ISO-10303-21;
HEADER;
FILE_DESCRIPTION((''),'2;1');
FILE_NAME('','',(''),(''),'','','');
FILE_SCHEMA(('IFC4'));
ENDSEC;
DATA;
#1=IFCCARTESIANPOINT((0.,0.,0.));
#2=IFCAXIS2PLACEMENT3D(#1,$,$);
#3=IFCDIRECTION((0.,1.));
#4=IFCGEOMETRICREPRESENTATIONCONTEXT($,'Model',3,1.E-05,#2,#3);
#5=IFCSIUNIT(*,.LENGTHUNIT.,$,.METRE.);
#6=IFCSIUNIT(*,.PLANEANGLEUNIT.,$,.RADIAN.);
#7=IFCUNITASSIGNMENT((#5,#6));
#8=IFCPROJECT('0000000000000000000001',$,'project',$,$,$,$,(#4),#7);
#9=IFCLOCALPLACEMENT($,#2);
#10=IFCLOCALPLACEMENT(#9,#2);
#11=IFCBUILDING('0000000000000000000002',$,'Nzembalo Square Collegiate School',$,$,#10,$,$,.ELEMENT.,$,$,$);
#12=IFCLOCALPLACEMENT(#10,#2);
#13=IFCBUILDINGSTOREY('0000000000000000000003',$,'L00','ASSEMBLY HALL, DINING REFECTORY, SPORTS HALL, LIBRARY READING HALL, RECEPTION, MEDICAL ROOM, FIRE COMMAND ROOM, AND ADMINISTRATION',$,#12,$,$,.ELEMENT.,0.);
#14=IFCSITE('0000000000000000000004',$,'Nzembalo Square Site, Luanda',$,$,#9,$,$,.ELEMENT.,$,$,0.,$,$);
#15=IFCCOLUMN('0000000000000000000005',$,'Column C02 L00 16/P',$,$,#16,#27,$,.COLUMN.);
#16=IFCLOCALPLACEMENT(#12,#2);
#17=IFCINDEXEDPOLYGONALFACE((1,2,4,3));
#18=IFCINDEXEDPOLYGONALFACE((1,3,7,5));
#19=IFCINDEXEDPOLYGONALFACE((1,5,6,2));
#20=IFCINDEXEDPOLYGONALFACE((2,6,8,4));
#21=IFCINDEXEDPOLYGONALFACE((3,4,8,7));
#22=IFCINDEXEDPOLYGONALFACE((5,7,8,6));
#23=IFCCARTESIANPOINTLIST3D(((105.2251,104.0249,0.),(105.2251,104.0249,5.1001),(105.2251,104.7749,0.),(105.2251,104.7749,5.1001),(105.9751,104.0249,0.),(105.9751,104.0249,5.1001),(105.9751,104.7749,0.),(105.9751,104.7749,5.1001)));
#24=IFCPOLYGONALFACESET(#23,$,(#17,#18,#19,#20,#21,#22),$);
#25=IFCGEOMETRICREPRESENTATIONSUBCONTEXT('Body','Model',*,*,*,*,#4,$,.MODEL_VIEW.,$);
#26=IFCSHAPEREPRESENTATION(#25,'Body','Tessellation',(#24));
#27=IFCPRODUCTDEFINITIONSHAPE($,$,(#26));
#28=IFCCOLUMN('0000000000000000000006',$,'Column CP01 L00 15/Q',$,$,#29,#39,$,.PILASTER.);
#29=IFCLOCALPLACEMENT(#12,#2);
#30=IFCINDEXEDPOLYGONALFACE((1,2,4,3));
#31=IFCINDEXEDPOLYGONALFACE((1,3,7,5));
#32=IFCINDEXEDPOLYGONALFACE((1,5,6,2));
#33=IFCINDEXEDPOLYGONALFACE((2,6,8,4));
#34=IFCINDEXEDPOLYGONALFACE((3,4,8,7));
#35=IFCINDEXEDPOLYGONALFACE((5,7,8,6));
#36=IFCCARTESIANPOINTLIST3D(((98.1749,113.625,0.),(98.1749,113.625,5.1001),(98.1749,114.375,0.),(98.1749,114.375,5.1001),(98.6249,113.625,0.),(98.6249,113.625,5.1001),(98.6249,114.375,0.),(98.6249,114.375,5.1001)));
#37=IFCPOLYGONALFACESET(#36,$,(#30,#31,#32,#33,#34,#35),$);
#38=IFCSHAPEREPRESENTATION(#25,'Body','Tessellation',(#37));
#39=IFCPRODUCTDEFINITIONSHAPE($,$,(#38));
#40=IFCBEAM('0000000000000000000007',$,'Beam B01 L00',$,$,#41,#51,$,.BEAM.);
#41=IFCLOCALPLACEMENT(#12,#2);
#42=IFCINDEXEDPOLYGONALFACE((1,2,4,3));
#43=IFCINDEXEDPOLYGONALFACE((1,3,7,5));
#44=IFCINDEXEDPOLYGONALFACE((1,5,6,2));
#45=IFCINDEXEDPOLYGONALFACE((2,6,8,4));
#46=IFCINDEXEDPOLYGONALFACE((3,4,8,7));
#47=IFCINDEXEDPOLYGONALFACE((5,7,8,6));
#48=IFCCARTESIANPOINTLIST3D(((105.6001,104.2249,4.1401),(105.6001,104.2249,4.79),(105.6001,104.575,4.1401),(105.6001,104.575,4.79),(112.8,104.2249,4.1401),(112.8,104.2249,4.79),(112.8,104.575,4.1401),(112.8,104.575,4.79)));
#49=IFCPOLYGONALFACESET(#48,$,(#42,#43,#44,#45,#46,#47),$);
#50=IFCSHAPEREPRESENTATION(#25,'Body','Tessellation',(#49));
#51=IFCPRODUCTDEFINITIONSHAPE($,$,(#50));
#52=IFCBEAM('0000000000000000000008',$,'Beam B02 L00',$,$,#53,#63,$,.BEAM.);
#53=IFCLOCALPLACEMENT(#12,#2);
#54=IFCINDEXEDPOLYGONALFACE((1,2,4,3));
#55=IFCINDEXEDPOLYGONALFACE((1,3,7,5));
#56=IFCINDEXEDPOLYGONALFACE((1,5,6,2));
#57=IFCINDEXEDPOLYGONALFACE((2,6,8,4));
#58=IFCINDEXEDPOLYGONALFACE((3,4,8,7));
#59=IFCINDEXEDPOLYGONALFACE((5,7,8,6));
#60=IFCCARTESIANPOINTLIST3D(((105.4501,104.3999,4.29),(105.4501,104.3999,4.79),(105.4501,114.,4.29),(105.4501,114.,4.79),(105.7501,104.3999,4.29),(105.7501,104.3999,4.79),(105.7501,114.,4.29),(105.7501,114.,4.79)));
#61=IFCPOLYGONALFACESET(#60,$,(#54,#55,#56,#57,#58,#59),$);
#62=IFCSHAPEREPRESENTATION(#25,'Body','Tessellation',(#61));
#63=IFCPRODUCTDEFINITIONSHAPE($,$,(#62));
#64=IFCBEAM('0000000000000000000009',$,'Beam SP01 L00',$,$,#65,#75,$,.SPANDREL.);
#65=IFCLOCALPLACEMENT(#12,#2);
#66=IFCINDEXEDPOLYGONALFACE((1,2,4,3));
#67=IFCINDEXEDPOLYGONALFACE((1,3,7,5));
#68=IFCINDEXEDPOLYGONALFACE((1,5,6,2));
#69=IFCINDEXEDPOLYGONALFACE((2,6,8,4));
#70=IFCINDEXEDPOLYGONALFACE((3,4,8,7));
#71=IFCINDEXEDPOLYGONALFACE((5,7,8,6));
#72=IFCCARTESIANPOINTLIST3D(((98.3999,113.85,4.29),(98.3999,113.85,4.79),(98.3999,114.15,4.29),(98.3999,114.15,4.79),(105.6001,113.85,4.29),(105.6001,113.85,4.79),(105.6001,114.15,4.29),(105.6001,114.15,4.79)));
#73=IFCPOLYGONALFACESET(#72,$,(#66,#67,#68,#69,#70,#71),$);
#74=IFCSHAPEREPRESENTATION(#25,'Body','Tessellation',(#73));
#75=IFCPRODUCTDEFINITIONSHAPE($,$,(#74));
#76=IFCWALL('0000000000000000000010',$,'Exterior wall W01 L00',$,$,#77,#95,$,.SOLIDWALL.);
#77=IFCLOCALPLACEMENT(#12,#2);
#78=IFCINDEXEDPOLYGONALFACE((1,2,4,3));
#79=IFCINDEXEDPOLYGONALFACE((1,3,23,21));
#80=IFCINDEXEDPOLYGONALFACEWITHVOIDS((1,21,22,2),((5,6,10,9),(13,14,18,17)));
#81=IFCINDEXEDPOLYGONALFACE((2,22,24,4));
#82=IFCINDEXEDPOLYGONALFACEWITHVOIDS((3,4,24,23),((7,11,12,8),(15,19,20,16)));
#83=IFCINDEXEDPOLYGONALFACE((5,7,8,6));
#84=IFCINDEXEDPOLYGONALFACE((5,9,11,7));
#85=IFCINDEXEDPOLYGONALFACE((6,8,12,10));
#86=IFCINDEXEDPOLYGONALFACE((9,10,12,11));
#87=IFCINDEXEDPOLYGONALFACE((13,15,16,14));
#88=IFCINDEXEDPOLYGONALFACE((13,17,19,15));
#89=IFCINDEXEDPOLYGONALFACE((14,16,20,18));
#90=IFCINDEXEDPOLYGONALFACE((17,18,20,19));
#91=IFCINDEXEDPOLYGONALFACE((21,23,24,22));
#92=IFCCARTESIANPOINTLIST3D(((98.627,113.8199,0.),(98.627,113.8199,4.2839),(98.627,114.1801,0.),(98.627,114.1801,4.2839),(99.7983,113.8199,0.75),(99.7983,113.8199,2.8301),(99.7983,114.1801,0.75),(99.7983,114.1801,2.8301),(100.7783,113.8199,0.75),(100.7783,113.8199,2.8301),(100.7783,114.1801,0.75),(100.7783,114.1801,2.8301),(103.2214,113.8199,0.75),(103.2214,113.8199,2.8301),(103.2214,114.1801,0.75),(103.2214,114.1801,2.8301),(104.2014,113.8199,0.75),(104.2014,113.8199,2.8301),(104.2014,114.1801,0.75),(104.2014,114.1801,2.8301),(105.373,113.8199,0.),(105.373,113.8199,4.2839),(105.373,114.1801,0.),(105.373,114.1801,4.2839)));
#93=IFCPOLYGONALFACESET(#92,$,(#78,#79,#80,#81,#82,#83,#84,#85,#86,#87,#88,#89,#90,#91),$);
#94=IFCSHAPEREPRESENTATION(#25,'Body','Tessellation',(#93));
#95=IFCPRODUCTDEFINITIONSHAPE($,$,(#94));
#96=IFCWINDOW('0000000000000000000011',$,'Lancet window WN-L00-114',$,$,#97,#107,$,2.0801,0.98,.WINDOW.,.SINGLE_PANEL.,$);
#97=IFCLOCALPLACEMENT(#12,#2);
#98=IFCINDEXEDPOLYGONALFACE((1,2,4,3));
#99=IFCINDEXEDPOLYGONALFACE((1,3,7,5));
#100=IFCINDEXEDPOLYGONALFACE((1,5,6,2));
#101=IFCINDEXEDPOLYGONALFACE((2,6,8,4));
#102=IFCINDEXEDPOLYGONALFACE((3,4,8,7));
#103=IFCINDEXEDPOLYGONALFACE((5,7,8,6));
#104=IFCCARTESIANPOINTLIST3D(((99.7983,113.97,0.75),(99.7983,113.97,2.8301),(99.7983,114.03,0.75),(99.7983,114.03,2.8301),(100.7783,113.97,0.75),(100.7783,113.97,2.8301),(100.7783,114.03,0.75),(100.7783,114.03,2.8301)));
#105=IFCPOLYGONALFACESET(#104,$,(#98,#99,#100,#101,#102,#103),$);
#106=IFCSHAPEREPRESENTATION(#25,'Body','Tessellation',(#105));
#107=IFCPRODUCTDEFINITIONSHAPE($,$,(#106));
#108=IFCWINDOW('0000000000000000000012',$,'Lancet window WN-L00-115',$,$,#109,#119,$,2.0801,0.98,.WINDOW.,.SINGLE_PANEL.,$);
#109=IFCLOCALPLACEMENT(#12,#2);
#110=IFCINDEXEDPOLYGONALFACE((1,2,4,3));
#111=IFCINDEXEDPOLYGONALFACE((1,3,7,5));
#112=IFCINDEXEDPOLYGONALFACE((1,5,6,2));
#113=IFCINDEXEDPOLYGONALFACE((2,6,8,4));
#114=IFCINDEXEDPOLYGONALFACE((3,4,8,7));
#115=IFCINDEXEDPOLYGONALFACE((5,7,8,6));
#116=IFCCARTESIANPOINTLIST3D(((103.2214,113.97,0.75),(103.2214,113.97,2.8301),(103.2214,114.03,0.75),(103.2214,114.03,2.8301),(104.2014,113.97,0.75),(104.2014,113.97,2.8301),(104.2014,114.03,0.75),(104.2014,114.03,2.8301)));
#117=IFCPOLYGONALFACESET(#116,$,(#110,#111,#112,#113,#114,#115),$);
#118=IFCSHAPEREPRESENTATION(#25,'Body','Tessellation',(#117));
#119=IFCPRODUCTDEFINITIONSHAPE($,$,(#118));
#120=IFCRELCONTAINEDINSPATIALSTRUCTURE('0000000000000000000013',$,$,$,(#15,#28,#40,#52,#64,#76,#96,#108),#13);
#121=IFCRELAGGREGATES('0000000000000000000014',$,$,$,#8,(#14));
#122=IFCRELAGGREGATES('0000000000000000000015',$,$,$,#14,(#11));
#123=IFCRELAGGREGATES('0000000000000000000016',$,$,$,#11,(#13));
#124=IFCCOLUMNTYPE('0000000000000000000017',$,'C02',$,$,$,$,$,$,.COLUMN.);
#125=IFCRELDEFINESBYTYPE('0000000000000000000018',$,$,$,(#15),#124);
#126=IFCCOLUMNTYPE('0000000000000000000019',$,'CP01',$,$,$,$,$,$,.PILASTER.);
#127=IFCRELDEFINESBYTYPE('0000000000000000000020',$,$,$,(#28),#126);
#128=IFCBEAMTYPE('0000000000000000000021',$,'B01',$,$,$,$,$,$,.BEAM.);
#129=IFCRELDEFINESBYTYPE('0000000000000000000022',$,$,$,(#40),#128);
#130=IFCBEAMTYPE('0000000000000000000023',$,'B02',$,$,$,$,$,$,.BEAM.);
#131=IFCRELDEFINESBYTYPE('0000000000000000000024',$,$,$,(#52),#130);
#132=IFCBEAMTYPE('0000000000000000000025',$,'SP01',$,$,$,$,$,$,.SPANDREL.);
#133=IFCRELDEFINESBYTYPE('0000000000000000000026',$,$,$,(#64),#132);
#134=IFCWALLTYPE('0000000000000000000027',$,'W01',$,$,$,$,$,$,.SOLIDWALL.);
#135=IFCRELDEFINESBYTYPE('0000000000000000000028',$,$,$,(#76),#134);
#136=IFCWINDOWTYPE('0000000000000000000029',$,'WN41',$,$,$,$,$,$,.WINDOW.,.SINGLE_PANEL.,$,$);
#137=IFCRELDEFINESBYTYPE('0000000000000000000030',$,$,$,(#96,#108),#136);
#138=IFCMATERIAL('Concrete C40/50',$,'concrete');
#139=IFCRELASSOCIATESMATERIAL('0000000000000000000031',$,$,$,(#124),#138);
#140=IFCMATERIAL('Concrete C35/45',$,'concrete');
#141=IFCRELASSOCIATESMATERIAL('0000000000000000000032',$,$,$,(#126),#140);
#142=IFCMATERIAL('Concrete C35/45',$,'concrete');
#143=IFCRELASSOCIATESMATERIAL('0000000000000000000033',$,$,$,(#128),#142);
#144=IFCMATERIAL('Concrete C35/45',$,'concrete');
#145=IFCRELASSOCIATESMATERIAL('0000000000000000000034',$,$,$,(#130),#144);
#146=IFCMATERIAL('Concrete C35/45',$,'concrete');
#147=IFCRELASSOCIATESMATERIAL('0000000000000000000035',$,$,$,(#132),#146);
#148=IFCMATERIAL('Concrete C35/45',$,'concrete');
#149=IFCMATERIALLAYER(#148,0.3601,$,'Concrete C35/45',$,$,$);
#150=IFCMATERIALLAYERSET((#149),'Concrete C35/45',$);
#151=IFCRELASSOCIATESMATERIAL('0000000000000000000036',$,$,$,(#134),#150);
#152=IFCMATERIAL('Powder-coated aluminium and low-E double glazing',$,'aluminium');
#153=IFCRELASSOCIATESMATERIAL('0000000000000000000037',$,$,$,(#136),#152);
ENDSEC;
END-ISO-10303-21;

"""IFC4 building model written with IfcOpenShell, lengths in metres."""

from ifc_helpers import new_model, si_unit, direction, frame, frame_2d, origin, origin_2d, place, context, subcontext, project, spatial, rectangle, extrude, material, layer, layer_set, material_profile, profile_set, type_object, element, fill, save


model = new_model("IFC4")

# Units and contexts
model_context = context("Model", 3, precision=1e-05, world=origin(), true_north=direction((0.0, 1.0)))
body_context = subcontext(model_context, "Body", "Model", "MODEL_VIEW")
ifc_project = project(units=[si_unit("LENGTHUNIT", "METRE"), si_unit("PLANEANGLEUNIT", "RADIAN")], contexts=[model_context])

# Site, building, storey
site_placement = place(None, origin())
site = spatial("IfcSite", under=ifc_project, at=site_placement, Name="Nzembalo Square Site, Luanda", CompositionType="ELEMENT", RefElevation=0.0)
building_placement = place(site_placement, origin())
building = spatial("IfcBuilding", under=site, at=building_placement, Name="Nzembalo Square Collegiate School", CompositionType="ELEMENT")
storey_placement = place(building_placement, origin())
storey = spatial("IfcBuildingStorey", under=building, at=storey_placement, Name="L00", Description="ASSEMBLY HALL, DINING REFECTORY, SPORTS HALL, LIBRARY READING HALL, RECEPTION, MEDICAL ROOM, FIRE COMMAND ROOM, AND ADMINISTRATION", CompositionType="ELEMENT", Elevation=0.0)

# Columns
ifc_material_1 = material(Name="Concrete C40/50", Category="concrete")
ifc_material_profile_1 = material_profile(ifc_material_1, rectangle(XDim=0.75, YDim=0.75, at=origin_2d()), Name="RC 750x750")
ifc_profile_set_1 = profile_set([ifc_material_profile_1], Name="Concrete C40/50")
column_type_1 = type_object("IfcColumnType", Name="C02", PredefinedType="COLUMN", material=ifc_profile_set_1)
column_1_placement = place(storey_placement, frame((105.6001, 104.3999, 0.0), z_axis=(0.0, 0.0, 1.0), x_axis=(1.0, 0.0, 0.0)))
element("IfcColumn", 1, at=column_1_placement, inside=storey, type_object=column_type_1, Name="Column C02 L00 16/P", PredefinedType="COLUMN", context=body_context, shape_type="SweptSolid", body=[
    extrude(rectangle(XDim=0.75, YDim=0.75, at=origin_2d()), origin(), (0.0, 0.0, 1.0), 5.1001),
])
ifc_material_2 = material(Name="Concrete C35/45", Category="concrete")
ifc_material_profile_2 = material_profile(ifc_material_2, rectangle(XDim=0.45, YDim=0.75, at=origin_2d()), Name="RC 450x750")
ifc_profile_set_2 = profile_set([ifc_material_profile_2], Name="Concrete C35/45")
column_type_2 = type_object("IfcColumnType", Name="CP01", PredefinedType="PILASTER", material=ifc_profile_set_2)
column_2_placement = place(storey_placement, frame((98.3999, 114.0, 0.0), z_axis=(0.0, 0.0, 1.0), x_axis=(1.0, 0.0, 0.0)))
element("IfcColumn", 2, at=column_2_placement, inside=storey, type_object=column_type_2, Name="Column CP01 L00 15/Q", PredefinedType="PILASTER", context=body_context, shape_type="SweptSolid", body=[
    extrude(rectangle(XDim=0.45, YDim=0.75, at=origin_2d()), origin(), (0.0, 0.0, 1.0), 5.1001),
])

# Beams
ifc_material_3 = material(Name="Concrete C35/45", Category="concrete")
ifc_material_profile_3 = material_profile(ifc_material_3, rectangle(XDim=0.3501, YDim=0.6499, at=origin_2d()), Name="RC 350x650")
ifc_profile_set_3 = profile_set([ifc_material_profile_3], Name="Concrete C35/45")
beam_type_1 = type_object("IfcBeamType", Name="B01", PredefinedType="BEAM", material=ifc_profile_set_3)
beam_1_placement = place(storey_placement, frame((105.6001, 104.3999, 4.4651), z_axis=(1.0, 0.0, 0.0), x_axis=(0.0, 1.0, 0.0)))
element("IfcBeam", 3, at=beam_1_placement, inside=storey, type_object=beam_type_1, Name="Beam B01 L00", PredefinedType="BEAM", context=body_context, shape_type="SweptSolid", body=[
    extrude(rectangle(XDim=0.3501, YDim=0.6499, at=origin_2d()), origin(), (0.0, 0.0, 1.0), 7.2),
])
ifc_material_4 = material(Name="Concrete C35/45", Category="concrete")
ifc_material_profile_4 = material_profile(ifc_material_4, rectangle(XDim=0.3, YDim=0.5, at=origin_2d()), Name="RC 300x500")
ifc_profile_set_4 = profile_set([ifc_material_profile_4], Name="Concrete C35/45")
beam_type_2 = type_object("IfcBeamType", Name="B02", PredefinedType="BEAM", material=ifc_profile_set_4)
beam_2_placement = place(storey_placement, frame((105.6001, 104.3999, 4.54), z_axis=(0.0, 1.0, 0.0), x_axis=(-1.0, 0.0, 0.0)))
element("IfcBeam", 4, at=beam_2_placement, inside=storey, type_object=beam_type_2, Name="Beam B02 L00", PredefinedType="BEAM", context=body_context, shape_type="SweptSolid", body=[
    extrude(rectangle(XDim=0.3, YDim=0.5, at=origin_2d()), origin(), (0.0, 0.0, 1.0), 9.6001),
])
ifc_material_5 = material(Name="Concrete C35/45", Category="concrete")
ifc_material_profile_5 = material_profile(ifc_material_5, rectangle(XDim=0.3, YDim=0.5, at=origin_2d()), Name="RC 300x500")
ifc_profile_set_5 = profile_set([ifc_material_profile_5], Name="Concrete C35/45")
beam_type_3 = type_object("IfcBeamType", Name="SP01", PredefinedType="SPANDREL", material=ifc_profile_set_5)
beam_3_placement = place(storey_placement, frame((98.3999, 114.0, 4.54), z_axis=(1.0, 0.0, 0.0), x_axis=(0.0, 1.0, 0.0)))
element("IfcBeam", 5, at=beam_3_placement, inside=storey, type_object=beam_type_3, Name="Beam SP01 L00", PredefinedType="SPANDREL", context=body_context, shape_type="SweptSolid", body=[
    extrude(rectangle(XDim=0.3, YDim=0.5, at=origin_2d()), origin(), (0.0, 0.0, 1.0), 7.2002),
])

# Wall, openings, windows
ifc_material_6 = material(Name="Concrete C35/45", Category="concrete")
ifc_layer_1 = layer(ifc_material_6, 0.3601, Name="Concrete C35/45")
ifc_layer_set_1 = layer_set([ifc_layer_1], Name="Concrete C35/45")
wall_type_1 = type_object("IfcWallType", Name="W01", PredefinedType="SOLIDWALL", material=ifc_layer_set_1)
wall_1_placement = place(storey_placement, frame((98.627, 114.0, 0.0), z_axis=(0.0, 0.0, 1.0), x_axis=(1.0, 0.0, 0.0)))
wall_1 = element("IfcWall", 6, at=wall_1_placement, inside=storey, type_object=wall_type_1, Name="Exterior wall W01 L00", PredefinedType="SOLIDWALL", context=body_context, shape_type="SweptSolid", body=[
    extrude(rectangle(XDim=6.7461, YDim=0.3601, at=frame_2d((3.373, 0.0))), origin(), (0.0, 0.0, 1.0), 4.2839),
])
opening_1_placement = place(wall_1_placement, frame((1.1714, 0.0, 0.75)))
opening_1 = element("IfcOpeningElement", 7, at=opening_1_placement, cuts=wall_1, PredefinedType="OPENING", context=body_context, shape_type="SweptSolid", body=[
    extrude(rectangle(XDim=0.98, YDim=2.0801, at=frame_2d((0.49, 1.04))), frame((0.0, 0.1899, 0.0), z_axis=(0.0, -1.0, 0.0), x_axis=(1.0, 0.0, 0.0)), (0.0, 0.0, 1.0), 0.3801),
])
opening_2_placement = place(wall_1_placement, frame((4.5945, 0.0, 0.75)))
opening_2 = element("IfcOpeningElement", 8, at=opening_2_placement, cuts=wall_1, PredefinedType="OPENING", context=body_context, shape_type="SweptSolid", body=[
    extrude(rectangle(XDim=0.98, YDim=2.0801, at=frame_2d((0.49, 1.04))), frame((0.0, 0.1899, 0.0), z_axis=(0.0, -1.0, 0.0), x_axis=(1.0, 0.0, 0.0)), (0.0, 0.0, 1.0), 0.3801),
])
ifc_material_7 = material(Name="Powder-coated aluminium and low-E double glazing", Category="aluminium")
window_type_1 = type_object("IfcWindowType", Name="WN41", PartitioningType="SINGLE_PANEL", PredefinedType="WINDOW", material=ifc_material_7)
window_1_placement = place(opening_1_placement, origin())
window_1 = element("IfcWindow", 9, at=window_1_placement, inside=storey, type_object=window_type_1, Name="Lancet window WN-L00-114", OverallHeight=2.0801, OverallWidth=0.98, PartitioningType="SINGLE_PANEL", PredefinedType="WINDOW", context=body_context, shape_type="SweptSolid", body=[
    extrude(rectangle(XDim=0.98, YDim=2.0801, at=frame_2d((0.49, 1.04))), frame((0.0, 0.03, 0.0), z_axis=(0.0, -1.0, 0.0), x_axis=(1.0, 0.0, 0.0)), (0.0, 0.0, 1.0), 0.0601),
])
fill(opening_1, window_1)
window_2_placement = place(opening_2_placement, origin())
window_2 = element("IfcWindow", 10, at=window_2_placement, inside=storey, type_object=window_type_1, Name="Lancet window WN-L00-115", OverallHeight=2.0801, OverallWidth=0.98, PartitioningType="SINGLE_PANEL", PredefinedType="WINDOW", context=body_context, shape_type="SweptSolid", body=[
    extrude(rectangle(XDim=0.98, YDim=2.0801, at=frame_2d((0.49, 1.04))), frame((0.0, 0.03, 0.0), z_axis=(0.0, -1.0, 0.0), x_axis=(1.0, 0.0, 0.0)), (0.0, 0.0, 1.0), 0.0601),
])
fill(opening_2, window_2)

save(model, "model.ifc")
